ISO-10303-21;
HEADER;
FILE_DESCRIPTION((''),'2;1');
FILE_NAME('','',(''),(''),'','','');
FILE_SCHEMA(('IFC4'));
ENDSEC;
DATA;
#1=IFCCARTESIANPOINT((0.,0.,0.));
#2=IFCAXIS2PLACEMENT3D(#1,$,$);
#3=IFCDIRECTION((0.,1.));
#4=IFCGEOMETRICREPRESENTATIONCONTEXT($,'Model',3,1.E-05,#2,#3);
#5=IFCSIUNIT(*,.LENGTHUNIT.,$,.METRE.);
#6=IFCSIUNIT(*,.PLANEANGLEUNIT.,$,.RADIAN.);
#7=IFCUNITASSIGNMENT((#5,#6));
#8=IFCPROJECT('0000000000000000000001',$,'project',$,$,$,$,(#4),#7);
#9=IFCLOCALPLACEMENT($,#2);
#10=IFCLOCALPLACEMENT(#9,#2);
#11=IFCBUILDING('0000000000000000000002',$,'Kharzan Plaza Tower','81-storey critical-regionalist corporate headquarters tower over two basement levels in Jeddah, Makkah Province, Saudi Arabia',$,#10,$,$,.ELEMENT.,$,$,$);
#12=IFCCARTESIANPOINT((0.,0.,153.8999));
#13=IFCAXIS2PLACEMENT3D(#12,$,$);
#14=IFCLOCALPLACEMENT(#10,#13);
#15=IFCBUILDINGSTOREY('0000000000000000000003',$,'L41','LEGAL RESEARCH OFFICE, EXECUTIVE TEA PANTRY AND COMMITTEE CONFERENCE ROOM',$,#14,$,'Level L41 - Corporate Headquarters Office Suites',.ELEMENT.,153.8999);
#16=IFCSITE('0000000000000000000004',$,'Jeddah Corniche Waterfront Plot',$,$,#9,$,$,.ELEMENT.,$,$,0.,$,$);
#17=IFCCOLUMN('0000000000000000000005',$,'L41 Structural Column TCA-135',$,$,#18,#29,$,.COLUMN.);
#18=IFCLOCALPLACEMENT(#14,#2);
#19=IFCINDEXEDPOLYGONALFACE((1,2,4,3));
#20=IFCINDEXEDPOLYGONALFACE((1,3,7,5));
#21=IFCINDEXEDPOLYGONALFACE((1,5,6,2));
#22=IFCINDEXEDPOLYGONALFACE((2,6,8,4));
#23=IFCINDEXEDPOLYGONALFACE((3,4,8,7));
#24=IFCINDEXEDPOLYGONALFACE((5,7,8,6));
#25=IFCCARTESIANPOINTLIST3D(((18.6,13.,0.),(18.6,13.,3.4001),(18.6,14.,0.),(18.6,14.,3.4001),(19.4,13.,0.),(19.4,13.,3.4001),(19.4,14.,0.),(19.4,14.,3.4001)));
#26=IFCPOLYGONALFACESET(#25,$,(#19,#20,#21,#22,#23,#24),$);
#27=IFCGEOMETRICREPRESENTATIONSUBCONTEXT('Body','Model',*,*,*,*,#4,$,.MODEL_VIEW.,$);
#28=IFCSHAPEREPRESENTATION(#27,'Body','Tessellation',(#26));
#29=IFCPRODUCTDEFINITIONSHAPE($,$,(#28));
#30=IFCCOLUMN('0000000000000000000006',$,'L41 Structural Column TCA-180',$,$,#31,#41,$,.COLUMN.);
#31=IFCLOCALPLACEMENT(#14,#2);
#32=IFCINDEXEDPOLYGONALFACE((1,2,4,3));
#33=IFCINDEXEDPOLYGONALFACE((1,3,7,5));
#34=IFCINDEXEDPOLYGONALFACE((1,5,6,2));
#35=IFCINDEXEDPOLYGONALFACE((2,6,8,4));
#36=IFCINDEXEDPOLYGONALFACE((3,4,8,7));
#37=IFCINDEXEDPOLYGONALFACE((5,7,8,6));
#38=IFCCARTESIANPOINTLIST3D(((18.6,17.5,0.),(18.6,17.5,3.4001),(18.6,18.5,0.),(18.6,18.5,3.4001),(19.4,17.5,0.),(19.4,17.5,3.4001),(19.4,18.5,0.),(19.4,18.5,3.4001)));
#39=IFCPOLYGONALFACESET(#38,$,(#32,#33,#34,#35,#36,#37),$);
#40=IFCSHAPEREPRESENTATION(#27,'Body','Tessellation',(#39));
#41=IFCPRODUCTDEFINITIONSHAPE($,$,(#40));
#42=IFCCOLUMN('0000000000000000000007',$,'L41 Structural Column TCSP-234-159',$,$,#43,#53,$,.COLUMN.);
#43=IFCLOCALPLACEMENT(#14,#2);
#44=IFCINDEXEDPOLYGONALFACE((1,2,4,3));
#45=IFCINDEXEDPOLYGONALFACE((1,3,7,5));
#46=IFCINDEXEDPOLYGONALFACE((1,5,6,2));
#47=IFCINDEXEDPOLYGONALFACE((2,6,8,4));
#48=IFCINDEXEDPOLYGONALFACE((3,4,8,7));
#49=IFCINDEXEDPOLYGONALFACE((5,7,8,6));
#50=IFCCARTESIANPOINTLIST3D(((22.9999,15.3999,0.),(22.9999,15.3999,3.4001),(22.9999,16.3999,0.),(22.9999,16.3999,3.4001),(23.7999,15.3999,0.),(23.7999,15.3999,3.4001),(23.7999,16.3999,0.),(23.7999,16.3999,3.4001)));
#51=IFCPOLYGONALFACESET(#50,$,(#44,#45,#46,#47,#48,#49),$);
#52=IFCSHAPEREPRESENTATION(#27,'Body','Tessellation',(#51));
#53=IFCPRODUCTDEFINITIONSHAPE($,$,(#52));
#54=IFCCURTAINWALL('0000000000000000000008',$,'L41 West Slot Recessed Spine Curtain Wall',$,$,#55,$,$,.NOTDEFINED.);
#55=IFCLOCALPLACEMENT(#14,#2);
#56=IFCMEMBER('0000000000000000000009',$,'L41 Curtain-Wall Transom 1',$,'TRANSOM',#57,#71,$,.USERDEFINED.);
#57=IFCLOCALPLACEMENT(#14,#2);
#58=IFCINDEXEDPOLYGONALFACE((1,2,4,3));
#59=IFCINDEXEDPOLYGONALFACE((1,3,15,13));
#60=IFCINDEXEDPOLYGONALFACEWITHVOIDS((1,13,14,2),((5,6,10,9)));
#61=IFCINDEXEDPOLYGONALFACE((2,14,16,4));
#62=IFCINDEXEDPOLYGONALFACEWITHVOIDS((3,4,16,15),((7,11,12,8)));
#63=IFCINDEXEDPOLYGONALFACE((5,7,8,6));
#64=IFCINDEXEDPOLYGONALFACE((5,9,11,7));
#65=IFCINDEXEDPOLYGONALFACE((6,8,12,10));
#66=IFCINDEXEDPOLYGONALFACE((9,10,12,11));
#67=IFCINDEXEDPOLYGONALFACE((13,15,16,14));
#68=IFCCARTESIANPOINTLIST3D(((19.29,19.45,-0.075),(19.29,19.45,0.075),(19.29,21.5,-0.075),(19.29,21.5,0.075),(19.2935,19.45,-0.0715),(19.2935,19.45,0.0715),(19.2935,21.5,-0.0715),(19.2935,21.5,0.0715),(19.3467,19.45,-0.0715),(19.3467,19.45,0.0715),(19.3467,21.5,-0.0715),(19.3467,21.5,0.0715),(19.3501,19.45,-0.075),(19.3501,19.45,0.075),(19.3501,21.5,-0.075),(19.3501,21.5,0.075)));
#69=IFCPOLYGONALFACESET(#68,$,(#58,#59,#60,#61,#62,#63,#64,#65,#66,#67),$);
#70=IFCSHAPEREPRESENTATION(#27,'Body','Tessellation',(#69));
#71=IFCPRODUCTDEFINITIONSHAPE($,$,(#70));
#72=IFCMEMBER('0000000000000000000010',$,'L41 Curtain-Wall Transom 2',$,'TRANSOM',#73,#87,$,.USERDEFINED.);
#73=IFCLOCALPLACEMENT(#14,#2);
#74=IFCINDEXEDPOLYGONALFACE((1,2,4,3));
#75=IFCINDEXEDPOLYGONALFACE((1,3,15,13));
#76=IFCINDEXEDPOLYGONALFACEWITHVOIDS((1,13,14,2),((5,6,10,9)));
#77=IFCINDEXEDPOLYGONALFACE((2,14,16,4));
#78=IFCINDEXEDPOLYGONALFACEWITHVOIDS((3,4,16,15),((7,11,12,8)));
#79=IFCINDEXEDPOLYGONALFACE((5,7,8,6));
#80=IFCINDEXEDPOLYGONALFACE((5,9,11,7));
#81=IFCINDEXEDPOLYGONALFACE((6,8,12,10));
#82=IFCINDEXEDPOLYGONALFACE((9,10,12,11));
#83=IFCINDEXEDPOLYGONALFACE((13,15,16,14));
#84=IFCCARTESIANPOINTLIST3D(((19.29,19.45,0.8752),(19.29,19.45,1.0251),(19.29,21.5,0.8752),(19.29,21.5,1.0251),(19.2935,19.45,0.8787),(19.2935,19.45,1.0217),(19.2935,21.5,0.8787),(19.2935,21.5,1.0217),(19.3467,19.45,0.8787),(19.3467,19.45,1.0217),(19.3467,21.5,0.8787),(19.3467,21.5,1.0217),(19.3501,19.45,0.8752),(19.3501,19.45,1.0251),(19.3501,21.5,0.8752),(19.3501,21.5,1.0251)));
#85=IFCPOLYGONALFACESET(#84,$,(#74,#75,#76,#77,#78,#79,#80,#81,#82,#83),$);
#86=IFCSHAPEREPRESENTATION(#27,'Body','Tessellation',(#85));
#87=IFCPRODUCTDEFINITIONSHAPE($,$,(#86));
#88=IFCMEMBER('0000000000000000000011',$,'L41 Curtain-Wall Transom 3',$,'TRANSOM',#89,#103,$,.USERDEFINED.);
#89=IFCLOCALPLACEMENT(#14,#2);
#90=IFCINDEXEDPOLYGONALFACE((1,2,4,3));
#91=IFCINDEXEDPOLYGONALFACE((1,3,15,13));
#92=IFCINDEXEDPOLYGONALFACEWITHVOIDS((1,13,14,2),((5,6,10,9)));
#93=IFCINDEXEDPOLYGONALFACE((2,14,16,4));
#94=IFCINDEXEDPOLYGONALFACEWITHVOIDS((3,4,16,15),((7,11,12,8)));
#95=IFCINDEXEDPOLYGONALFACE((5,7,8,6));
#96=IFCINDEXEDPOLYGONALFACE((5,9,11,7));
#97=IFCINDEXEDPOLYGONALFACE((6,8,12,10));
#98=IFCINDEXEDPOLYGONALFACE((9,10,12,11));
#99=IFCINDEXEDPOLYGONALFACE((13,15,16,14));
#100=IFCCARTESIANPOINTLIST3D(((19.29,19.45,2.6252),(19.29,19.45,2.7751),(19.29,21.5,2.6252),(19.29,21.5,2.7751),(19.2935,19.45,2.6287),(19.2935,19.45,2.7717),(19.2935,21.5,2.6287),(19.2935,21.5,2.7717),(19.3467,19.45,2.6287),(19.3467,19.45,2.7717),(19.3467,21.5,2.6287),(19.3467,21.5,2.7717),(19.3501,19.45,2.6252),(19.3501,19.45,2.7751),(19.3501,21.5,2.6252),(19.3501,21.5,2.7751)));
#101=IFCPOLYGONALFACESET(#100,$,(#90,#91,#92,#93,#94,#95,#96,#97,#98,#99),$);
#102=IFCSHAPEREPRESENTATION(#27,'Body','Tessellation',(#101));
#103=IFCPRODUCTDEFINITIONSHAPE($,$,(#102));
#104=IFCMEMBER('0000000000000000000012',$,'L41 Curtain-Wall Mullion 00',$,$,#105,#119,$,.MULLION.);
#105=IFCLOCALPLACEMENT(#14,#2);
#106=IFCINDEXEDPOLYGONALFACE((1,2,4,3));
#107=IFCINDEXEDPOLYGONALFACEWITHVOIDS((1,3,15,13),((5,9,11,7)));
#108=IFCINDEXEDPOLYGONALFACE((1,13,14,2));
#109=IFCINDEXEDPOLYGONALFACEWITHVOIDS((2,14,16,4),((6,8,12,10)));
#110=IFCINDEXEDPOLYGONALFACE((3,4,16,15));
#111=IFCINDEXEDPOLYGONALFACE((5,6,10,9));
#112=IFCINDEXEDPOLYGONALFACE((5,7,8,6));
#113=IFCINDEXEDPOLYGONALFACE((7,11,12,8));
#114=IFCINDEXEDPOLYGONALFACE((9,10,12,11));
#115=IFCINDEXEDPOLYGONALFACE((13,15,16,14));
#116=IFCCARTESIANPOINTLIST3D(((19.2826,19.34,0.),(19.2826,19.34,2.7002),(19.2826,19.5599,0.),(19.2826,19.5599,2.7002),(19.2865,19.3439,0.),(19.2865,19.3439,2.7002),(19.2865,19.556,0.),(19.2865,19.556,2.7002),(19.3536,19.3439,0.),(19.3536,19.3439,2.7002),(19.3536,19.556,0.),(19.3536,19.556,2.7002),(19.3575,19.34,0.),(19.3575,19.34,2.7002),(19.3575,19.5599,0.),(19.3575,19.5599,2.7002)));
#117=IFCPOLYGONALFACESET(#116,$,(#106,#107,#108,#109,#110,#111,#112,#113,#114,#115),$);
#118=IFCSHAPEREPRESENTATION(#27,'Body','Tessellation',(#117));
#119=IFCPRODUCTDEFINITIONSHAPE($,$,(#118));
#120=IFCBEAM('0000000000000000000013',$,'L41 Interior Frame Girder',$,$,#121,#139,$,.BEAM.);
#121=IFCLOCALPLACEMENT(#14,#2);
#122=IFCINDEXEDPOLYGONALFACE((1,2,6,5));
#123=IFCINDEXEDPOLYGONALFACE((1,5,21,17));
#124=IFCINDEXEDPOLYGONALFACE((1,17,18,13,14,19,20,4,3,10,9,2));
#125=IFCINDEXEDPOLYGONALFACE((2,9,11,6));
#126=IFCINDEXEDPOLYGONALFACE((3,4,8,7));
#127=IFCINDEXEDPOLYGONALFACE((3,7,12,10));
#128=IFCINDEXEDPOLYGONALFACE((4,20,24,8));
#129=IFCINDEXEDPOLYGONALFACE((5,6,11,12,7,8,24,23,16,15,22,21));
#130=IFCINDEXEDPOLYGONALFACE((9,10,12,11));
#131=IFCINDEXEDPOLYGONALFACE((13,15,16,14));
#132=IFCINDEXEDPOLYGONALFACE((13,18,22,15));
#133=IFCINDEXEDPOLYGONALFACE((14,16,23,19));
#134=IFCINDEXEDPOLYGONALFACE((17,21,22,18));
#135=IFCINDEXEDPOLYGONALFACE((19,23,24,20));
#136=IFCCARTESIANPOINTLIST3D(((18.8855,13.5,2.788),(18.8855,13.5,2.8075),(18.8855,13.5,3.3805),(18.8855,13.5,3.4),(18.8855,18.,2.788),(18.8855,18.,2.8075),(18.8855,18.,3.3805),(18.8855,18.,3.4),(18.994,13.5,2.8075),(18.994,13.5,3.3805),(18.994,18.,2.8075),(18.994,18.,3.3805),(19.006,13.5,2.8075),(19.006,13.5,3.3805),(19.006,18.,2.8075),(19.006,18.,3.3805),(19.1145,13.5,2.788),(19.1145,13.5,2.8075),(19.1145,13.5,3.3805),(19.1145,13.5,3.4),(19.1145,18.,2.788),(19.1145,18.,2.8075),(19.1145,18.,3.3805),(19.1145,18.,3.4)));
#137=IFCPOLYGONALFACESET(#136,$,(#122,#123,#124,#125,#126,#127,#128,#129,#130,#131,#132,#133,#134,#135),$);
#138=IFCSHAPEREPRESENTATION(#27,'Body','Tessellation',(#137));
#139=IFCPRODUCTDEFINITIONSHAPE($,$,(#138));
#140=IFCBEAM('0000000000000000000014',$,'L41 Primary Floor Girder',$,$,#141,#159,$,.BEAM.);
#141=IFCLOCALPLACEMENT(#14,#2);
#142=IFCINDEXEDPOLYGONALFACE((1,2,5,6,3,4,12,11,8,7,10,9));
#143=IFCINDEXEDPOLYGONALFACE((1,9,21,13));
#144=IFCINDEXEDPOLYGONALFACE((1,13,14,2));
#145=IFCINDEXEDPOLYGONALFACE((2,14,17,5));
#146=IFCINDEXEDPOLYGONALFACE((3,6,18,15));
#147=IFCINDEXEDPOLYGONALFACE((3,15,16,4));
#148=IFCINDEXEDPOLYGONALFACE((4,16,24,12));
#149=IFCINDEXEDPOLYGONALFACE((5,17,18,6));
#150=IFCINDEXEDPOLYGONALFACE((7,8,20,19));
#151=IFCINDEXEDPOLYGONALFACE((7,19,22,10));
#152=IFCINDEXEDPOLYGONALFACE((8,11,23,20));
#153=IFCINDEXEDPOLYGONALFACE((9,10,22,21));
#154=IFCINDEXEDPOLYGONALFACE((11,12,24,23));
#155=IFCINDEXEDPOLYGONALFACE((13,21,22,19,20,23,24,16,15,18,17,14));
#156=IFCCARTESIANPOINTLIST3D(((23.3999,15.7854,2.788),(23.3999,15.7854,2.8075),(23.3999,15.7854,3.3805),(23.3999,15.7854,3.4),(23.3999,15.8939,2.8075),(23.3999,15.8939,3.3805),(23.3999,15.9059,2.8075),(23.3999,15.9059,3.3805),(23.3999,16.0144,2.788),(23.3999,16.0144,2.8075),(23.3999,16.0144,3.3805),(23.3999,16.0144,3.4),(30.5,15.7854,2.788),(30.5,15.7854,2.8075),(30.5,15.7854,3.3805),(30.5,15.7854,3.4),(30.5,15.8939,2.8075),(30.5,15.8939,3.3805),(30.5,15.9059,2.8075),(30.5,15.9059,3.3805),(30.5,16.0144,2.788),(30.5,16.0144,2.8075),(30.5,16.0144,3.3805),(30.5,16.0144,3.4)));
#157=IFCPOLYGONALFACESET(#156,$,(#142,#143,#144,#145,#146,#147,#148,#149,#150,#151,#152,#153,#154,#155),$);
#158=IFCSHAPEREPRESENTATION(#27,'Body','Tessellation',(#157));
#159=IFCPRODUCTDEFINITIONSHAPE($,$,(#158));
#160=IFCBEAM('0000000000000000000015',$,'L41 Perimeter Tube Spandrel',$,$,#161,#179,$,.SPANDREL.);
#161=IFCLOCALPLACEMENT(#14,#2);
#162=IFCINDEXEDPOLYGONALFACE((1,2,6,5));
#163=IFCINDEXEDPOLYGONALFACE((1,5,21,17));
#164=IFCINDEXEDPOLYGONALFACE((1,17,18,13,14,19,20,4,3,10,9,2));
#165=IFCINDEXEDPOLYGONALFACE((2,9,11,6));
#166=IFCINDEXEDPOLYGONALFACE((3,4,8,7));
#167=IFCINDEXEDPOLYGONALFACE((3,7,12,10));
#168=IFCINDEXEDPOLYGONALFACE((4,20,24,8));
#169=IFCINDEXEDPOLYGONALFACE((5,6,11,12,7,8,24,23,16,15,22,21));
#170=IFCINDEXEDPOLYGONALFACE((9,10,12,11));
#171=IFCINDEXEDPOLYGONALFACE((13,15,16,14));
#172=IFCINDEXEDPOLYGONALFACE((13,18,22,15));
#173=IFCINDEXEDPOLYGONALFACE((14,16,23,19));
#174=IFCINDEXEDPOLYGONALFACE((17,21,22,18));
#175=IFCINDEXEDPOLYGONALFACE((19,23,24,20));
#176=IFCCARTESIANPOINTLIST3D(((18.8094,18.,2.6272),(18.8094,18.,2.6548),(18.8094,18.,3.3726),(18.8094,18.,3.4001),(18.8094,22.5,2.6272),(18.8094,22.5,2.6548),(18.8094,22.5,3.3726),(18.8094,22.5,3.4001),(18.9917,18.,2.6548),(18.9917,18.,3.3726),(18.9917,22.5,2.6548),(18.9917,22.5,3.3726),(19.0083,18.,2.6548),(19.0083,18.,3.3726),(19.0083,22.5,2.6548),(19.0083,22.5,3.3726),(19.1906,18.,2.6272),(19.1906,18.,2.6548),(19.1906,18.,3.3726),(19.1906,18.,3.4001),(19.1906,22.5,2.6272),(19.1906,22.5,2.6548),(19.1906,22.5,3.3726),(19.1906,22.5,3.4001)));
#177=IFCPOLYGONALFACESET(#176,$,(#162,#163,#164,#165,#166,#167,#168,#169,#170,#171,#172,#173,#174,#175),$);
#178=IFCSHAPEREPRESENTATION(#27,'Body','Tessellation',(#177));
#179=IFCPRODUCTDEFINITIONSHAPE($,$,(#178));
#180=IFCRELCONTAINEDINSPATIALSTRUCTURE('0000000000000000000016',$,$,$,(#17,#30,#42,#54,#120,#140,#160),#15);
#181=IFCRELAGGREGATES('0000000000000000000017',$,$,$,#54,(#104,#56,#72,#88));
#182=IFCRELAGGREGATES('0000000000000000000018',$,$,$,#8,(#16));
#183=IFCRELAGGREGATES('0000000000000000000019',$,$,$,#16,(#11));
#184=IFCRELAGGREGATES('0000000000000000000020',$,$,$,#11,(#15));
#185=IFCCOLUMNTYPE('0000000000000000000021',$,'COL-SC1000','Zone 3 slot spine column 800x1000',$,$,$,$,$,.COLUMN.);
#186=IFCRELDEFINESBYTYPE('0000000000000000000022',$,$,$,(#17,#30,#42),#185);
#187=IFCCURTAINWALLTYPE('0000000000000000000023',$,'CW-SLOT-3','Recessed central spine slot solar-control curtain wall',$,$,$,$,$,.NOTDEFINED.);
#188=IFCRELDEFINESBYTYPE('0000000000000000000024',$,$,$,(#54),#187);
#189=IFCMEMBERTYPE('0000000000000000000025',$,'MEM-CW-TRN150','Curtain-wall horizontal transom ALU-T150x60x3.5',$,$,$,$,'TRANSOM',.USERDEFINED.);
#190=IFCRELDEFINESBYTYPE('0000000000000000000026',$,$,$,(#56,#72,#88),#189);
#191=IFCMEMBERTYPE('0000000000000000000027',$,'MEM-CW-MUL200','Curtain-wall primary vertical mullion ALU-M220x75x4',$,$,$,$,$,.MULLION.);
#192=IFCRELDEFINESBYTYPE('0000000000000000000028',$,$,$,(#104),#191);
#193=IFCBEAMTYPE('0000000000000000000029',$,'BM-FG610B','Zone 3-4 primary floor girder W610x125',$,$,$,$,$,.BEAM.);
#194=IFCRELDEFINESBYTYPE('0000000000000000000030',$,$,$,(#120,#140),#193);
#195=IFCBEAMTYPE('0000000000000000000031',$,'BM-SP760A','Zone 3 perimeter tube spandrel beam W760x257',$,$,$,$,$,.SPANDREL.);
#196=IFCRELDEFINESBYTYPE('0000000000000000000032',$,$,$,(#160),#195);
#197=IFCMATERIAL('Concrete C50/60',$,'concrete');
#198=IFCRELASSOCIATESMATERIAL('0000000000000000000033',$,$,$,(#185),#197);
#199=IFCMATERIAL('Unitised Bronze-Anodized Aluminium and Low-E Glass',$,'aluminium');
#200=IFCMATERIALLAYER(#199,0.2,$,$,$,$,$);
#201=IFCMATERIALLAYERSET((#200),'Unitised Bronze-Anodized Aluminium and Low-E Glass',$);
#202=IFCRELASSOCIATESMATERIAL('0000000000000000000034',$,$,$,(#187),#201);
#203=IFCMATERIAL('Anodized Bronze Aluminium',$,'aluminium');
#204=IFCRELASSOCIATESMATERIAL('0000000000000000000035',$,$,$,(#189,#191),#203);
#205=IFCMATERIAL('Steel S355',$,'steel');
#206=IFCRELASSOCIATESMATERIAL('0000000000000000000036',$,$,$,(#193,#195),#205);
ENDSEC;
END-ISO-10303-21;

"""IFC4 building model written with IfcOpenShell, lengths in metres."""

from ifc_helpers import new_model, si_unit, direction, frame, origin, origin_2d, place, context, subcontext, project, spatial, rectangle, hollow_rectangle, i_section, extrude, source, transform, mapped, material, layer, layer_set, material_profile, profile_set, type_object, element, aggregate, save


model = new_model("IFC4")

# Units and contexts
model_context = context("Model", 3, precision=1e-05, world=origin(), true_north=direction((0.0, 1.0)))
body_context = subcontext(model_context, "Body", "Model", "MODEL_VIEW")
ifc_project = project(units=[si_unit("LENGTHUNIT", "METRE"), si_unit("PLANEANGLEUNIT", "RADIAN")], contexts=[model_context])

# Site, building, storey
site_placement = place(None, origin())
site = spatial("IfcSite", under=ifc_project, at=site_placement, Name="Jeddah Corniche Waterfront Plot", CompositionType="ELEMENT", RefElevation=0.0)
building_placement = place(site_placement, origin())
building = spatial("IfcBuilding", under=site, at=building_placement, Name="Kharzan Plaza Tower", Description="81-storey critical-regionalist corporate headquarters tower over two basement levels in Jeddah, Makkah Province, Saudi Arabia", CompositionType="ELEMENT")
storey_placement = place(building_placement, frame((0.0, 0.0, 153.8999)))
storey = spatial("IfcBuildingStorey", under=building, at=storey_placement, Name="L41", Description="LEGAL RESEARCH OFFICE, EXECUTIVE TEA PANTRY AND COMMITTEE CONFERENCE ROOM", LongName="Level L41 - Corporate Headquarters Office Suites", CompositionType="ELEMENT", Elevation=153.8999)

# Columns
ifc_material_1 = material(Name="Concrete C50/60", Category="concrete")
ifc_material_profile_1 = material_profile(ifc_material_1, rectangle(XDim=0.8, YDim=1.0, at=origin_2d()), Name="RC-SC1000x800")
ifc_profile_set_1 = profile_set([ifc_material_profile_1], Name="Concrete C50/60")
column_type = type_object("IfcColumnType", Name="COL-SC1000", Description="Zone 3 slot spine column 800x1000", PredefinedType="COLUMN", material=ifc_profile_set_1)
shared_shape_1 = source(origin(), body_context, "Body", "SweptSolid", [
    extrude(rectangle(XDim=0.8, YDim=1.0, at=origin_2d()), origin(), (0.0, 0.0, 1.0), 3.4001),
])
for number, where, z_axis, x_axis, name in (
    (1, (19.0, 13.5, 0.0), (0.0, 0.0, 1.0), (1.0, 0.0, 0.0), "L41 Structural Column TCA-135"),
    (2, (19.0, 18.0, 0.0), (0.0, 0.0, 1.0), (1.0, 0.0, 0.0), "L41 Structural Column TCA-180"),
    (3, (23.3999, 15.8999, 0.0), (0.0, 0.0, 1.0), (1.0, 0.0, 0.0), "L41 Structural Column TCSP-234-159"),
):
    element("IfcColumn", number, at=place(storey_placement, frame(where, z_axis=z_axis, x_axis=x_axis)), inside=storey, type_object=column_type, Name=name, PredefinedType="COLUMN", context=body_context, shape_type="MappedRepresentation", body=[
        mapped(shared_shape_1, transform((0.0, 0.0, 0.0), x_axis=(1.0, 0.0, 0.0), y_axis=(0.0, 1.0, 0.0), z_axis=(0.0, 0.0, 1.0))),
    ])

# Curtain wall, members
ifc_material_2 = material(Name="Unitised Bronze-Anodized Aluminium and Low-E Glass", Category="aluminium")
ifc_layer_1 = layer(ifc_material_2, 0.2)
ifc_layer_set_1 = layer_set([ifc_layer_1], Name="Unitised Bronze-Anodized Aluminium and Low-E Glass")
curtain_wall_type = type_object("IfcCurtainWallType", Name="CW-SLOT-3", Description="Recessed central spine slot solar-control curtain wall", PredefinedType="NOTDEFINED", material=ifc_layer_set_1)
curtain_wall_placement = place(storey_placement, origin())
curtain_wall = element("IfcCurtainWall", 4, at=curtain_wall_placement, inside=storey, type_object=curtain_wall_type, Name="L41 West Slot Recessed Spine Curtain Wall", PredefinedType="NOTDEFINED")
ifc_material_3 = material(Name="Anodized Bronze Aluminium", Category="aluminium")
ifc_material_profile_2 = material_profile(ifc_material_3, hollow_rectangle(XDim=0.0601, YDim=0.1499, WallThickness=0.0034, at=origin_2d()), Name="ALU-T150x60x3.5")
ifc_profile_set_2 = profile_set([ifc_material_profile_2], Name="Anodized Bronze Aluminium")
member_type_1 = type_object("IfcMemberType", Name="MEM-CW-TRN150", Description="Curtain-wall horizontal transom ALU-T150x60x3.5", ElementType="TRANSOM", PredefinedType="USERDEFINED", material=ifc_profile_set_2)
shared_shape_2 = source(origin(), body_context, "Body", "SweptSolid", [
    extrude(hollow_rectangle(XDim=0.0601, YDim=0.1499, WallThickness=0.0034, at=origin_2d()), origin(), (0.0, 0.0, 1.0), 2.05),
])
member_1_placement = place(storey_placement, frame((19.3201, 19.45, 0.0), z_axis=(0.0, 1.0, 0.0), x_axis=(-1.0, 0.0, 0.0)))
member_1 = element("IfcMember", 5, at=member_1_placement, type_object=member_type_1, Name="L41 Curtain-Wall Transom 1", ObjectType="TRANSOM", PredefinedType="USERDEFINED", context=body_context, shape_type="MappedRepresentation", body=[
    mapped(shared_shape_2, transform((0.0, 0.0, 0.0), x_axis=(1.0, 0.0, 0.0), y_axis=(0.0, 1.0, 0.0), z_axis=(0.0, 0.0, 1.0))),
])
member_2_placement = place(storey_placement, frame((19.3201, 19.45, 0.9502), z_axis=(0.0, 1.0, 0.0), x_axis=(-1.0, 0.0, 0.0)))
member_2 = element("IfcMember", 6, at=member_2_placement, type_object=member_type_1, Name="L41 Curtain-Wall Transom 2", ObjectType="TRANSOM", PredefinedType="USERDEFINED", context=body_context, shape_type="MappedRepresentation", body=[
    mapped(shared_shape_2, transform((0.0, 0.0, 0.0), x_axis=(1.0, 0.0, 0.0), y_axis=(0.0, 1.0, 0.0), z_axis=(0.0, 0.0, 1.0))),
])
member_3_placement = place(storey_placement, frame((19.3201, 19.45, 2.7002), z_axis=(0.0, 1.0, 0.0), x_axis=(-1.0, 0.0, 0.0)))
member_3 = element("IfcMember", 7, at=member_3_placement, type_object=member_type_1, Name="L41 Curtain-Wall Transom 3", ObjectType="TRANSOM", PredefinedType="USERDEFINED", context=body_context, shape_type="MappedRepresentation", body=[
    mapped(shared_shape_2, transform((0.0, 0.0, 0.0), x_axis=(1.0, 0.0, 0.0), y_axis=(0.0, 1.0, 0.0), z_axis=(0.0, 0.0, 1.0))),
])
ifc_material_profile_3 = material_profile(ifc_material_3, hollow_rectangle(XDim=0.075, YDim=0.22, WallThickness=0.0039, at=origin_2d()), Name="ALU-M220x75x4")
ifc_profile_set_3 = profile_set([ifc_material_profile_3], Name="Anodized Bronze Aluminium")
member_type_2 = type_object("IfcMemberType", Name="MEM-CW-MUL200", Description="Curtain-wall primary vertical mullion ALU-M220x75x4", PredefinedType="MULLION", material=ifc_profile_set_3)
shared_shape_3 = source(origin(), body_context, "Body", "SweptSolid", [
    extrude(hollow_rectangle(XDim=0.075, YDim=0.22, WallThickness=0.0039, at=origin_2d()), origin(), (0.0, 0.0, 1.0), 2.7002),
])
member_4_placement = place(storey_placement, frame((19.3201, 19.45, 0.0), z_axis=(0.0, 0.0, 1.0), x_axis=(1.0, 0.0, 0.0)))
member_4 = element("IfcMember", 8, at=member_4_placement, type_object=member_type_2, Name="L41 Curtain-Wall Mullion 00", PredefinedType="MULLION", context=body_context, shape_type="MappedRepresentation", body=[
    mapped(shared_shape_3, transform((0.0, 0.0, 0.0), x_axis=(1.0, 0.0, 0.0), y_axis=(0.0, 1.0, 0.0), z_axis=(0.0, 0.0, 1.0))),
])
aggregate(curtain_wall, [member_4, member_1, member_2, member_3])

# Beams
ifc_material_4 = material(Name="Steel S355", Category="steel")
ifc_material_profile_4 = material_profile(ifc_material_4, i_section(OverallWidth=0.229, OverallDepth=0.6121, WebThickness=0.012, FlangeThickness=0.0195, at=origin_2d()), Name="W610x125")
ifc_profile_set_4 = profile_set([ifc_material_profile_4], Name="Steel S355")
beam_type_1 = type_object("IfcBeamType", Name="BM-FG610B", Description="Zone 3-4 primary floor girder W610x125", PredefinedType="BEAM", material=ifc_profile_set_4)
shared_shape_4 = source(origin(), body_context, "Body", "SweptSolid", [
    extrude(i_section(OverallWidth=0.229, OverallDepth=0.6121, WebThickness=0.012, FlangeThickness=0.0195, at=origin_2d()), origin(), (0.0, 0.0, 1.0), 4.5),
])
beam_1_placement = place(storey_placement, frame((19.0, 13.5, 3.094), z_axis=(0.0, 1.0, 0.0), x_axis=(-1.0, 0.0, 0.0)))
element("IfcBeam", 9, at=beam_1_placement, inside=storey, type_object=beam_type_1, Name="L41 Interior Frame Girder", PredefinedType="BEAM", context=body_context, shape_type="MappedRepresentation", body=[
    mapped(shared_shape_4, transform((0.0, 0.0, 0.0), x_axis=(1.0, 0.0, 0.0), y_axis=(0.0, 1.0, 0.0), z_axis=(0.0, 0.0, 1.0))),
])
shared_shape_5 = source(origin(), body_context, "Body", "SweptSolid", [
    extrude(i_section(OverallWidth=0.229, OverallDepth=0.6121, WebThickness=0.012, FlangeThickness=0.0195, at=origin_2d()), origin(), (0.0, 0.0, 1.0), 7.1001),
])
beam_2_placement = place(storey_placement, frame((23.3999, 15.8999, 3.094), z_axis=(1.0, 0.0, 0.0), x_axis=(0.0, 1.0, 0.0)))
element("IfcBeam", 10, at=beam_2_placement, inside=storey, type_object=beam_type_1, Name="L41 Primary Floor Girder", PredefinedType="BEAM", context=body_context, shape_type="MappedRepresentation", body=[
    mapped(shared_shape_5, transform((0.0, 0.0, 0.0), x_axis=(1.0, 0.0, 0.0), y_axis=(0.0, 1.0, 0.0), z_axis=(0.0, 0.0, 1.0))),
])
ifc_material_profile_5 = material_profile(ifc_material_4, i_section(OverallWidth=0.3811, OverallDepth=0.7729, WebThickness=0.0166, FlangeThickness=0.0276, at=origin_2d()), Name="W760x257")
ifc_profile_set_5 = profile_set([ifc_material_profile_5], Name="Steel S355")
beam_type_2 = type_object("IfcBeamType", Name="BM-SP760A", Description="Zone 3 perimeter tube spandrel beam W760x257", PredefinedType="SPANDREL", material=ifc_profile_set_5)
shared_shape_6 = source(origin(), body_context, "Body", "SweptSolid", [
    extrude(i_section(OverallWidth=0.3811, OverallDepth=0.7729, WebThickness=0.0166, FlangeThickness=0.0276, at=origin_2d()), origin(), (0.0, 0.0, 1.0), 4.5),
])
beam_3_placement = place(storey_placement, frame((19.0, 18.0, 3.0137), z_axis=(0.0, 1.0, 0.0), x_axis=(-1.0, 0.0, 0.0)))
element("IfcBeam", 11, at=beam_3_placement, inside=storey, type_object=beam_type_2, Name="L41 Perimeter Tube Spandrel", PredefinedType="SPANDREL", context=body_context, shape_type="MappedRepresentation", body=[
    mapped(shared_shape_6, transform((0.0, 0.0, 0.0), x_axis=(1.0, 0.0, 0.0), y_axis=(0.0, 1.0, 0.0), z_axis=(0.0, 0.0, 1.0))),
])

save(model, "model.ifc")
